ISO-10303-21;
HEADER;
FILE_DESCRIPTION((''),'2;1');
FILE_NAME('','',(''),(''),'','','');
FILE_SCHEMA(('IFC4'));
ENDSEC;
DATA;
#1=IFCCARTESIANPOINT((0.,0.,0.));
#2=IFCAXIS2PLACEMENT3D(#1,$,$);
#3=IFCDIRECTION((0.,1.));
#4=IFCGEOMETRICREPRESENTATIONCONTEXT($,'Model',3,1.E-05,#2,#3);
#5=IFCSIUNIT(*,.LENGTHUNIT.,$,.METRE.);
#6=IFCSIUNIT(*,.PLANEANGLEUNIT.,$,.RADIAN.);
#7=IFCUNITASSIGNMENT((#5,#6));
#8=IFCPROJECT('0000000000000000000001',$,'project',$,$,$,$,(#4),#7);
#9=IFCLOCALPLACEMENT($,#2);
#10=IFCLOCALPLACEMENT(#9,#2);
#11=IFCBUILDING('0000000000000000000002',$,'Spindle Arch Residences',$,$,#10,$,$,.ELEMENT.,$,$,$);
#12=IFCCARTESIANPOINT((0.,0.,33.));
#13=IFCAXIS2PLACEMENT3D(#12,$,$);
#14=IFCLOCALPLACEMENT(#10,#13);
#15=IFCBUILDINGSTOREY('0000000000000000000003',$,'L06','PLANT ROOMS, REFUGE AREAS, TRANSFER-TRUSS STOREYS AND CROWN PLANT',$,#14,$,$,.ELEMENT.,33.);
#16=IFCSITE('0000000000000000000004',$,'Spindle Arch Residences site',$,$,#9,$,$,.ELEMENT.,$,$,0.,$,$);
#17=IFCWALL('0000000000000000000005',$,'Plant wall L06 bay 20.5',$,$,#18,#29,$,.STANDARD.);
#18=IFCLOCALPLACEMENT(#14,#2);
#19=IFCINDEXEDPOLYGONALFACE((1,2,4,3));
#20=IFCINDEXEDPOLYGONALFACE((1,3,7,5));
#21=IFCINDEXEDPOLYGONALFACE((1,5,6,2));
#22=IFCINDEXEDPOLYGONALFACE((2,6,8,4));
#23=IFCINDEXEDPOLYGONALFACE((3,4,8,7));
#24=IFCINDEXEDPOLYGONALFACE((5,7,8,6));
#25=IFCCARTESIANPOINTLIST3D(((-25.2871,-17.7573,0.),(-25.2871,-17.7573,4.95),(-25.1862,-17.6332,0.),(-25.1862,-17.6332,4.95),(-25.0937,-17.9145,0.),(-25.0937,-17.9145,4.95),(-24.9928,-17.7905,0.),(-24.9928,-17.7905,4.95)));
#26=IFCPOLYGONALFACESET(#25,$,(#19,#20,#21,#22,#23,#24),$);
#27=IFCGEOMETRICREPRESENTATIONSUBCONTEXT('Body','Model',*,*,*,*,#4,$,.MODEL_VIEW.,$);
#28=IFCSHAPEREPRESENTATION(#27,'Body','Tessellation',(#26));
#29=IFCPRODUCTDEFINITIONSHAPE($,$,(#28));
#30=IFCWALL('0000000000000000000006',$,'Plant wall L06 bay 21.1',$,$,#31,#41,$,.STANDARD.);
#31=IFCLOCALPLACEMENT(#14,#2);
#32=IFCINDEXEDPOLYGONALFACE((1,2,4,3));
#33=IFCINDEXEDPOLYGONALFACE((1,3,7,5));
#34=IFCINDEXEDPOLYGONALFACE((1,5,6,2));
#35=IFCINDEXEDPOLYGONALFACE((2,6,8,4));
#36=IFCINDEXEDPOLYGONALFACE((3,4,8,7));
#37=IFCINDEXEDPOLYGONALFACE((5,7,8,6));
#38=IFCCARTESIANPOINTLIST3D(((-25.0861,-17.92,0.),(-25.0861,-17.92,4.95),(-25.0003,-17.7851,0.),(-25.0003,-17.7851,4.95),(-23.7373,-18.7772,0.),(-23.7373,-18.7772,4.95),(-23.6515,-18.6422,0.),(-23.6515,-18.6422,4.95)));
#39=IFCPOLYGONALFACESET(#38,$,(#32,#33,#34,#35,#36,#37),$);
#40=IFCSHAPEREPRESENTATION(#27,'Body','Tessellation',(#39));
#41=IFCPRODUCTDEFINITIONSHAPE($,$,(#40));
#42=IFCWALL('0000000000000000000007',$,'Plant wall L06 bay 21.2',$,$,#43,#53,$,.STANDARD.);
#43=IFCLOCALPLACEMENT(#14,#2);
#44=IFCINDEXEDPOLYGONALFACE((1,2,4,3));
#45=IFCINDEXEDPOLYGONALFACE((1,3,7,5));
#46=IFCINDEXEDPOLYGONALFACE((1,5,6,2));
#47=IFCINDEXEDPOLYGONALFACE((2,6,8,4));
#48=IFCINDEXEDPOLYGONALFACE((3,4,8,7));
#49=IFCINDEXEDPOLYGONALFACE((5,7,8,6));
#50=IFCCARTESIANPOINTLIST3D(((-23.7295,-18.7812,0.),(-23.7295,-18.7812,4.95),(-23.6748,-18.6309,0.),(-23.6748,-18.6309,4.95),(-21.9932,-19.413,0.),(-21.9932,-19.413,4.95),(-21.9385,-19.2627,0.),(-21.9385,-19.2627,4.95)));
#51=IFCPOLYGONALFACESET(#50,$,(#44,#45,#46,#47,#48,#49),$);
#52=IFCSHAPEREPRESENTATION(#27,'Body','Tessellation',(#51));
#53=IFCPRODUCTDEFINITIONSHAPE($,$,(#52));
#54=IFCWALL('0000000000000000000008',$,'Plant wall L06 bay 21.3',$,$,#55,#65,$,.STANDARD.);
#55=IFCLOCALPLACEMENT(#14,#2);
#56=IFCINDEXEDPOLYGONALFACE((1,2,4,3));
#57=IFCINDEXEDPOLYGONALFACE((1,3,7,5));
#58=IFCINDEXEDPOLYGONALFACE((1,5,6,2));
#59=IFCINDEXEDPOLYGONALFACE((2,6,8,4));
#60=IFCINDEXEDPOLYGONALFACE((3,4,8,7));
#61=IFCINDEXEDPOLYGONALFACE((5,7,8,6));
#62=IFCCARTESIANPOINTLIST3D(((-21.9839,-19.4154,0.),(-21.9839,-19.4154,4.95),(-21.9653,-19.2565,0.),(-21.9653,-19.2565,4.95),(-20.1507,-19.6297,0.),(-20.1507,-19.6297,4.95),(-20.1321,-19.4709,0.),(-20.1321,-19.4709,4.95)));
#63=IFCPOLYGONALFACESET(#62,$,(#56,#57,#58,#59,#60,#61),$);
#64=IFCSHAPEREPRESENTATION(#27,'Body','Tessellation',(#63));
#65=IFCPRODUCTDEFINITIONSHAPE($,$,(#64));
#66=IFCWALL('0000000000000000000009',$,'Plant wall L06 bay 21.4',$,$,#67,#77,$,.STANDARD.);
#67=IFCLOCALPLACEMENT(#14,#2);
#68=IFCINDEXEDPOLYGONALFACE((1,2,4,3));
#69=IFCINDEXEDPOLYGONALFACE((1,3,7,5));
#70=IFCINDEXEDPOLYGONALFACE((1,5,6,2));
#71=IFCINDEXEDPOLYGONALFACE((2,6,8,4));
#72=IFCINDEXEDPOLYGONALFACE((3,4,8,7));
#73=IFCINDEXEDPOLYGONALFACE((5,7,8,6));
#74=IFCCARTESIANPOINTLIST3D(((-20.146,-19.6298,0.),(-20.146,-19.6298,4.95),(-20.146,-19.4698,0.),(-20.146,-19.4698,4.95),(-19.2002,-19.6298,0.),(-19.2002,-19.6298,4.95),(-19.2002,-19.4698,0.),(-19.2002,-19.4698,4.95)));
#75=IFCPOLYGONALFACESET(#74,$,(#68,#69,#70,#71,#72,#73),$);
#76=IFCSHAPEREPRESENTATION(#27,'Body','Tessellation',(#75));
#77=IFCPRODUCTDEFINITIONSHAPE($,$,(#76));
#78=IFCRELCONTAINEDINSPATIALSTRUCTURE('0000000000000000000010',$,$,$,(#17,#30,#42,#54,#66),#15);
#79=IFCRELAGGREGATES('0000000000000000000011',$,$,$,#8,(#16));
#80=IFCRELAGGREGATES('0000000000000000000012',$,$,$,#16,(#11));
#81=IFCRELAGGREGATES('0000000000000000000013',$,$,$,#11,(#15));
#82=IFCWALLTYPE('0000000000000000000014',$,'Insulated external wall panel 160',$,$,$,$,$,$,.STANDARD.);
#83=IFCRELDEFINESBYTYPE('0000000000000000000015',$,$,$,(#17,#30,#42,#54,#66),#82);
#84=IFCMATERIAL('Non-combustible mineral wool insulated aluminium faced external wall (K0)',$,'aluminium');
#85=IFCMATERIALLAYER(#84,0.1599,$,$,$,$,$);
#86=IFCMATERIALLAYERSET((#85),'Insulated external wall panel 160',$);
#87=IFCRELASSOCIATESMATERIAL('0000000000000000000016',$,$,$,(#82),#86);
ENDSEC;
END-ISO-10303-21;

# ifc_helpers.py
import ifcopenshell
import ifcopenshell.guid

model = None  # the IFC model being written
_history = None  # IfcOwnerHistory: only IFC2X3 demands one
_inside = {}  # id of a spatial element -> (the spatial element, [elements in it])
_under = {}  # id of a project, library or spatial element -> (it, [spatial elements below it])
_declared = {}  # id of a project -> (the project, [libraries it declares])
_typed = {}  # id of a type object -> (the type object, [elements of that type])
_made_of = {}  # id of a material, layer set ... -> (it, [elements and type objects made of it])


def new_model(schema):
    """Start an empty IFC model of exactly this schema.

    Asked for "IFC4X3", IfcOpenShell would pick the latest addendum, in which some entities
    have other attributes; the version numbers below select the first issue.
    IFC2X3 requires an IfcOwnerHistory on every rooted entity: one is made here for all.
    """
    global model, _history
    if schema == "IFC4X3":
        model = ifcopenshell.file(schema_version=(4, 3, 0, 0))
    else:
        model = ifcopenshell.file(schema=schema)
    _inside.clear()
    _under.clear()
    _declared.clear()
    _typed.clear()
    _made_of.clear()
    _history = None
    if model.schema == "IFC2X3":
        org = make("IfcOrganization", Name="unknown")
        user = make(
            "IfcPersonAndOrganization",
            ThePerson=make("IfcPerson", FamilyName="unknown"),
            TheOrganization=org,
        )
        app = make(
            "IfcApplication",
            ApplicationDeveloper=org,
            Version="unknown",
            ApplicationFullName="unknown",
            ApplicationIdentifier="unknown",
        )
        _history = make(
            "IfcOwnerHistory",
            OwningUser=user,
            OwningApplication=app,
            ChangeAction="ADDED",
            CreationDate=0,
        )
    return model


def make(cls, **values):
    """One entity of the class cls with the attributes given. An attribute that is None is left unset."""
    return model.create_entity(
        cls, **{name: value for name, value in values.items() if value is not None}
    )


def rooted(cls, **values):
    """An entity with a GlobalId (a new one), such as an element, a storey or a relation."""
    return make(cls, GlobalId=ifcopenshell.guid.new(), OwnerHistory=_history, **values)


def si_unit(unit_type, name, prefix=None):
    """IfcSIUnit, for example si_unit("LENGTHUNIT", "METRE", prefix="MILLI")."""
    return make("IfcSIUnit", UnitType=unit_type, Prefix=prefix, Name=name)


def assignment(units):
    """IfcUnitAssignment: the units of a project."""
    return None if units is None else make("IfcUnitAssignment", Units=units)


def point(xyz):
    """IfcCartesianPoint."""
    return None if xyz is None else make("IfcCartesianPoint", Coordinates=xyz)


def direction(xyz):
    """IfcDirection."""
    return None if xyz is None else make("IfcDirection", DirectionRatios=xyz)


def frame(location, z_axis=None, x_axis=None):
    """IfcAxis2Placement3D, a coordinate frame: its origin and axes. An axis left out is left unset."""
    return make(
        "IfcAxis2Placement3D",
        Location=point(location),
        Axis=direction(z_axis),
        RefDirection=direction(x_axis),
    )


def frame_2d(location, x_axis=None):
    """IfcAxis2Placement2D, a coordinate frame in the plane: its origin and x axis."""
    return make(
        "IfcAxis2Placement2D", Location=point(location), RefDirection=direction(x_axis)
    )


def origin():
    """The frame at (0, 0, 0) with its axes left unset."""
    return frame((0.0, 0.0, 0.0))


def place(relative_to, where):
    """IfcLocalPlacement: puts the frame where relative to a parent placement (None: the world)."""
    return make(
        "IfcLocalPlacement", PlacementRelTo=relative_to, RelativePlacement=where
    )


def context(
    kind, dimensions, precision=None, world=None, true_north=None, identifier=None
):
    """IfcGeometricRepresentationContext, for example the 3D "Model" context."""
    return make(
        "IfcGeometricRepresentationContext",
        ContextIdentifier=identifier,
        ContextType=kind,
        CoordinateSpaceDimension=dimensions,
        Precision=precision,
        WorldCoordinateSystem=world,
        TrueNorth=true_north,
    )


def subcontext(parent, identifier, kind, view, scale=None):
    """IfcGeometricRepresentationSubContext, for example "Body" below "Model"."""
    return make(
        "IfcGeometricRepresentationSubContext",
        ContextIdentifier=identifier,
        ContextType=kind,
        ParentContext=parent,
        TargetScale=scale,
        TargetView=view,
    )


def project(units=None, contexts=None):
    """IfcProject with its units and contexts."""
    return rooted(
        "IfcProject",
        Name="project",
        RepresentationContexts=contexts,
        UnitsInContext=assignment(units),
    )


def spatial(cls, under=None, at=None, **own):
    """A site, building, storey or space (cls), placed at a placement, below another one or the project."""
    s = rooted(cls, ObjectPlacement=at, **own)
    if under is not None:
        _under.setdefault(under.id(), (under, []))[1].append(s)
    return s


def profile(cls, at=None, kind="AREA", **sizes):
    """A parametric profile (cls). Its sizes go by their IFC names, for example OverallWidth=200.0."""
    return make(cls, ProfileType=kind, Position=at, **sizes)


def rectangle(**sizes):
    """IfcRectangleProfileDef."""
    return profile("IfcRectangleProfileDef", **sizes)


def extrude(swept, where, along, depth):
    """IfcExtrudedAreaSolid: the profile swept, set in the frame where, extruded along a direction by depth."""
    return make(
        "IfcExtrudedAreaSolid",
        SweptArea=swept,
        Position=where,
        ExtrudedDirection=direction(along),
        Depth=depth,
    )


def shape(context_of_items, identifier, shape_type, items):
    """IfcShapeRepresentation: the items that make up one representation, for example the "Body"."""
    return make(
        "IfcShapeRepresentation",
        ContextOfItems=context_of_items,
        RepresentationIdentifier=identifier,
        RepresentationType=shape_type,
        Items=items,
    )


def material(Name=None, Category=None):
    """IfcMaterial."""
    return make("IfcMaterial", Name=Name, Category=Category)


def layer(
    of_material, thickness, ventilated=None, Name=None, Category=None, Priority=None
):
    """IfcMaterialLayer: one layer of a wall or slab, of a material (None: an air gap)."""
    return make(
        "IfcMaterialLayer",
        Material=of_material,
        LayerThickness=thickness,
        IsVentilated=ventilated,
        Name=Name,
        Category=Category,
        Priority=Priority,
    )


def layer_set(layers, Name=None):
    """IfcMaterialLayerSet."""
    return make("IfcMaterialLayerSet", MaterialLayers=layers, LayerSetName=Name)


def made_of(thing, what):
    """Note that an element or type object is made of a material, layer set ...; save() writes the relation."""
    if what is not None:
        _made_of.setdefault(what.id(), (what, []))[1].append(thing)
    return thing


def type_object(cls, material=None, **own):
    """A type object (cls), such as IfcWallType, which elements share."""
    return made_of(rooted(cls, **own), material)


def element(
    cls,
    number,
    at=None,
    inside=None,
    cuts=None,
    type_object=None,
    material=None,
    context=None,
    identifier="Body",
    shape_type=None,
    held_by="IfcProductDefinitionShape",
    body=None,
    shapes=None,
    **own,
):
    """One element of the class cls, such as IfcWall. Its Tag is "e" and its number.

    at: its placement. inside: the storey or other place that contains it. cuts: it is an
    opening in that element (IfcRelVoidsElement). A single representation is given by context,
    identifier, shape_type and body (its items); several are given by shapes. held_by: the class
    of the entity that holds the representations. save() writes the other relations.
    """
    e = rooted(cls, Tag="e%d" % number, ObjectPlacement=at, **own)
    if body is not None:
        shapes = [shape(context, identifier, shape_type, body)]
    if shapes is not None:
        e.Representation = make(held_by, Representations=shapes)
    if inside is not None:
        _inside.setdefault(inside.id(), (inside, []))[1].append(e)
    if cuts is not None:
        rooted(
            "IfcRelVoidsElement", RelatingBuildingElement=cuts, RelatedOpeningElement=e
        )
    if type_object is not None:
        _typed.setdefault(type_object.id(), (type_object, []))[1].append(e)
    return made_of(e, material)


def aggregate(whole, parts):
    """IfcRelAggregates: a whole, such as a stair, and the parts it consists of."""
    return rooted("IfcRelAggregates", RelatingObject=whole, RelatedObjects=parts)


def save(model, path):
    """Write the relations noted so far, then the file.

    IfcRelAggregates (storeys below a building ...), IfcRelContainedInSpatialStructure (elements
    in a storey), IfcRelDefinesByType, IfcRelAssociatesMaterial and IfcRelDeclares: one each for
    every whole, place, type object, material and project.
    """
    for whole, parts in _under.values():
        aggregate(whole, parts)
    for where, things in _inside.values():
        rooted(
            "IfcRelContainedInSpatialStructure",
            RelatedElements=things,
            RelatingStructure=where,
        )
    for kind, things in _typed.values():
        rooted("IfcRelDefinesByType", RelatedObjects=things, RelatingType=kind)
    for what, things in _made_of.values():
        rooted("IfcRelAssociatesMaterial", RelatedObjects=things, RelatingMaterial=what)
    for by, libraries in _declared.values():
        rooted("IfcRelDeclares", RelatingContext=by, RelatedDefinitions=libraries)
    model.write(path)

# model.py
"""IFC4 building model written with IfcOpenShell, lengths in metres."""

from ifc_helpers import new_model, si_unit, direction, frame, frame_2d, origin, place, context, subcontext, project, spatial, rectangle, extrude, material, layer, layer_set, type_object, element, save


model = new_model("IFC4")

# Units and contexts
model_context = context("Model", 3, precision=1e-05, world=origin(), true_north=direction((0.0, 1.0)))
body_context = subcontext(model_context, "Body", "Model", "MODEL_VIEW")
ifc_project = project(units=[si_unit("LENGTHUNIT", "METRE"), si_unit("PLANEANGLEUNIT", "RADIAN")], contexts=[model_context])

# Site, building, storey
site_placement = place(None, origin())
site = spatial("IfcSite", under=ifc_project, at=site_placement, Name="Spindle Arch Residences site", CompositionType="ELEMENT", RefElevation=0.0)
building_placement = place(site_placement, origin())
building = spatial("IfcBuilding", under=site, at=building_placement, Name="Spindle Arch Residences", CompositionType="ELEMENT")
storey_placement = place(building_placement, frame((0.0, 0.0, 33.0)))
storey = spatial("IfcBuildingStorey", under=building, at=storey_placement, Name="L06", Description="PLANT ROOMS, REFUGE AREAS, TRANSFER-TRUSS STOREYS AND CROWN PLANT", CompositionType="ELEMENT", Elevation=33.0)

# Walls
ifc_material_1 = material(Name="Non-combustible mineral wool insulated aluminium faced external wall (K0)", Category="aluminium")
ifc_layer = layer(ifc_material_1, 0.1599)
ifc_layer_set = layer_set([ifc_layer], Name="Insulated external wall panel 160")
wall_type = type_object("IfcWallType", Name="Insulated external wall panel 160", PredefinedType="STANDARD", material=ifc_layer_set)
wall_1_placement = place(storey_placement, frame((-25.2366, -17.6953, 0.0), z_axis=(0.0, 0.0, 1.0), x_axis=(0.775874, -0.630888, 0.0)))
element("IfcWall", 1, at=wall_1_placement, inside=storey, type_object=wall_type, Name="Plant wall L06 bay 20.5", PredefinedType="STANDARD", context=body_context, shape_type="SweptSolid", body=[
    extrude(rectangle(XDim=0.2493, YDim=0.1599, at=frame_2d((0.1245, 0.0))), origin(), (0.0, 0.0, 1.0), 4.95),
])
wall_2_placement = place(storey_placement, frame((-25.0432, -17.8525, 0.0), z_axis=(0.0, 0.0, 1.0), x_axis=(0.844001, -0.536342, 0.0)))
element("IfcWall", 2, at=wall_2_placement, inside=storey, type_object=wall_type, Name="Plant wall L06 bay 21.1", PredefinedType="STANDARD", context=body_context, shape_type="SweptSolid", body=[
    extrude(rectangle(XDim=1.5981, YDim=0.1599, at=frame_2d((0.7991, 0.0))), origin(), (0.0, 0.0, 1.0), 4.95),
])
wall_3_placement = place(storey_placement, frame((-23.7021, -18.7061, 0.0), z_axis=(0.0, 0.0, 1.0), x_axis=(0.939716, -0.341955, 0.0)))
element("IfcWall", 3, at=wall_3_placement, inside=storey, type_object=wall_type, Name="Plant wall L06 bay 21.2", PredefinedType="STANDARD", context=body_context, shape_type="SweptSolid", body=[
    extrude(rectangle(XDim=1.8477, YDim=0.1599, at=frame_2d((0.9238, 0.0))), origin(), (0.0, 0.0, 1.0), 4.95),
])
wall_4_placement = place(storey_placement, frame((-21.9746, -19.3359, 0.0), z_axis=(0.0, 0.0, 1.0), x_axis=(0.993233, -0.116135, 0.0)))
element("IfcWall", 4, at=wall_4_placement, inside=storey, type_object=wall_type, Name="Plant wall L06 bay 21.3", PredefinedType="STANDARD", context=body_context, shape_type="SweptSolid", body=[
    extrude(rectangle(XDim=1.8457, YDim=0.1599, at=frame_2d((0.9229, 0.0))), origin(), (0.0, 0.0, 1.0), 4.95),
])
wall_5_placement = place(storey_placement, frame((-20.146, -19.5498, 0.0), z_axis=(0.0, 0.0, 1.0), x_axis=(1.0, 0.0, 0.0)))
element("IfcWall", 5, at=wall_5_placement, inside=storey, type_object=wall_type, Name="Plant wall L06 bay 21.4", PredefinedType="STANDARD", context=body_context, shape_type="SweptSolid", body=[
    extrude(rectangle(XDim=0.9458, YDim=0.1599, at=frame_2d((0.4729, 0.0))), origin(), (0.0, 0.0, 1.0), 4.95),
])

save(model, "model.ifc")
